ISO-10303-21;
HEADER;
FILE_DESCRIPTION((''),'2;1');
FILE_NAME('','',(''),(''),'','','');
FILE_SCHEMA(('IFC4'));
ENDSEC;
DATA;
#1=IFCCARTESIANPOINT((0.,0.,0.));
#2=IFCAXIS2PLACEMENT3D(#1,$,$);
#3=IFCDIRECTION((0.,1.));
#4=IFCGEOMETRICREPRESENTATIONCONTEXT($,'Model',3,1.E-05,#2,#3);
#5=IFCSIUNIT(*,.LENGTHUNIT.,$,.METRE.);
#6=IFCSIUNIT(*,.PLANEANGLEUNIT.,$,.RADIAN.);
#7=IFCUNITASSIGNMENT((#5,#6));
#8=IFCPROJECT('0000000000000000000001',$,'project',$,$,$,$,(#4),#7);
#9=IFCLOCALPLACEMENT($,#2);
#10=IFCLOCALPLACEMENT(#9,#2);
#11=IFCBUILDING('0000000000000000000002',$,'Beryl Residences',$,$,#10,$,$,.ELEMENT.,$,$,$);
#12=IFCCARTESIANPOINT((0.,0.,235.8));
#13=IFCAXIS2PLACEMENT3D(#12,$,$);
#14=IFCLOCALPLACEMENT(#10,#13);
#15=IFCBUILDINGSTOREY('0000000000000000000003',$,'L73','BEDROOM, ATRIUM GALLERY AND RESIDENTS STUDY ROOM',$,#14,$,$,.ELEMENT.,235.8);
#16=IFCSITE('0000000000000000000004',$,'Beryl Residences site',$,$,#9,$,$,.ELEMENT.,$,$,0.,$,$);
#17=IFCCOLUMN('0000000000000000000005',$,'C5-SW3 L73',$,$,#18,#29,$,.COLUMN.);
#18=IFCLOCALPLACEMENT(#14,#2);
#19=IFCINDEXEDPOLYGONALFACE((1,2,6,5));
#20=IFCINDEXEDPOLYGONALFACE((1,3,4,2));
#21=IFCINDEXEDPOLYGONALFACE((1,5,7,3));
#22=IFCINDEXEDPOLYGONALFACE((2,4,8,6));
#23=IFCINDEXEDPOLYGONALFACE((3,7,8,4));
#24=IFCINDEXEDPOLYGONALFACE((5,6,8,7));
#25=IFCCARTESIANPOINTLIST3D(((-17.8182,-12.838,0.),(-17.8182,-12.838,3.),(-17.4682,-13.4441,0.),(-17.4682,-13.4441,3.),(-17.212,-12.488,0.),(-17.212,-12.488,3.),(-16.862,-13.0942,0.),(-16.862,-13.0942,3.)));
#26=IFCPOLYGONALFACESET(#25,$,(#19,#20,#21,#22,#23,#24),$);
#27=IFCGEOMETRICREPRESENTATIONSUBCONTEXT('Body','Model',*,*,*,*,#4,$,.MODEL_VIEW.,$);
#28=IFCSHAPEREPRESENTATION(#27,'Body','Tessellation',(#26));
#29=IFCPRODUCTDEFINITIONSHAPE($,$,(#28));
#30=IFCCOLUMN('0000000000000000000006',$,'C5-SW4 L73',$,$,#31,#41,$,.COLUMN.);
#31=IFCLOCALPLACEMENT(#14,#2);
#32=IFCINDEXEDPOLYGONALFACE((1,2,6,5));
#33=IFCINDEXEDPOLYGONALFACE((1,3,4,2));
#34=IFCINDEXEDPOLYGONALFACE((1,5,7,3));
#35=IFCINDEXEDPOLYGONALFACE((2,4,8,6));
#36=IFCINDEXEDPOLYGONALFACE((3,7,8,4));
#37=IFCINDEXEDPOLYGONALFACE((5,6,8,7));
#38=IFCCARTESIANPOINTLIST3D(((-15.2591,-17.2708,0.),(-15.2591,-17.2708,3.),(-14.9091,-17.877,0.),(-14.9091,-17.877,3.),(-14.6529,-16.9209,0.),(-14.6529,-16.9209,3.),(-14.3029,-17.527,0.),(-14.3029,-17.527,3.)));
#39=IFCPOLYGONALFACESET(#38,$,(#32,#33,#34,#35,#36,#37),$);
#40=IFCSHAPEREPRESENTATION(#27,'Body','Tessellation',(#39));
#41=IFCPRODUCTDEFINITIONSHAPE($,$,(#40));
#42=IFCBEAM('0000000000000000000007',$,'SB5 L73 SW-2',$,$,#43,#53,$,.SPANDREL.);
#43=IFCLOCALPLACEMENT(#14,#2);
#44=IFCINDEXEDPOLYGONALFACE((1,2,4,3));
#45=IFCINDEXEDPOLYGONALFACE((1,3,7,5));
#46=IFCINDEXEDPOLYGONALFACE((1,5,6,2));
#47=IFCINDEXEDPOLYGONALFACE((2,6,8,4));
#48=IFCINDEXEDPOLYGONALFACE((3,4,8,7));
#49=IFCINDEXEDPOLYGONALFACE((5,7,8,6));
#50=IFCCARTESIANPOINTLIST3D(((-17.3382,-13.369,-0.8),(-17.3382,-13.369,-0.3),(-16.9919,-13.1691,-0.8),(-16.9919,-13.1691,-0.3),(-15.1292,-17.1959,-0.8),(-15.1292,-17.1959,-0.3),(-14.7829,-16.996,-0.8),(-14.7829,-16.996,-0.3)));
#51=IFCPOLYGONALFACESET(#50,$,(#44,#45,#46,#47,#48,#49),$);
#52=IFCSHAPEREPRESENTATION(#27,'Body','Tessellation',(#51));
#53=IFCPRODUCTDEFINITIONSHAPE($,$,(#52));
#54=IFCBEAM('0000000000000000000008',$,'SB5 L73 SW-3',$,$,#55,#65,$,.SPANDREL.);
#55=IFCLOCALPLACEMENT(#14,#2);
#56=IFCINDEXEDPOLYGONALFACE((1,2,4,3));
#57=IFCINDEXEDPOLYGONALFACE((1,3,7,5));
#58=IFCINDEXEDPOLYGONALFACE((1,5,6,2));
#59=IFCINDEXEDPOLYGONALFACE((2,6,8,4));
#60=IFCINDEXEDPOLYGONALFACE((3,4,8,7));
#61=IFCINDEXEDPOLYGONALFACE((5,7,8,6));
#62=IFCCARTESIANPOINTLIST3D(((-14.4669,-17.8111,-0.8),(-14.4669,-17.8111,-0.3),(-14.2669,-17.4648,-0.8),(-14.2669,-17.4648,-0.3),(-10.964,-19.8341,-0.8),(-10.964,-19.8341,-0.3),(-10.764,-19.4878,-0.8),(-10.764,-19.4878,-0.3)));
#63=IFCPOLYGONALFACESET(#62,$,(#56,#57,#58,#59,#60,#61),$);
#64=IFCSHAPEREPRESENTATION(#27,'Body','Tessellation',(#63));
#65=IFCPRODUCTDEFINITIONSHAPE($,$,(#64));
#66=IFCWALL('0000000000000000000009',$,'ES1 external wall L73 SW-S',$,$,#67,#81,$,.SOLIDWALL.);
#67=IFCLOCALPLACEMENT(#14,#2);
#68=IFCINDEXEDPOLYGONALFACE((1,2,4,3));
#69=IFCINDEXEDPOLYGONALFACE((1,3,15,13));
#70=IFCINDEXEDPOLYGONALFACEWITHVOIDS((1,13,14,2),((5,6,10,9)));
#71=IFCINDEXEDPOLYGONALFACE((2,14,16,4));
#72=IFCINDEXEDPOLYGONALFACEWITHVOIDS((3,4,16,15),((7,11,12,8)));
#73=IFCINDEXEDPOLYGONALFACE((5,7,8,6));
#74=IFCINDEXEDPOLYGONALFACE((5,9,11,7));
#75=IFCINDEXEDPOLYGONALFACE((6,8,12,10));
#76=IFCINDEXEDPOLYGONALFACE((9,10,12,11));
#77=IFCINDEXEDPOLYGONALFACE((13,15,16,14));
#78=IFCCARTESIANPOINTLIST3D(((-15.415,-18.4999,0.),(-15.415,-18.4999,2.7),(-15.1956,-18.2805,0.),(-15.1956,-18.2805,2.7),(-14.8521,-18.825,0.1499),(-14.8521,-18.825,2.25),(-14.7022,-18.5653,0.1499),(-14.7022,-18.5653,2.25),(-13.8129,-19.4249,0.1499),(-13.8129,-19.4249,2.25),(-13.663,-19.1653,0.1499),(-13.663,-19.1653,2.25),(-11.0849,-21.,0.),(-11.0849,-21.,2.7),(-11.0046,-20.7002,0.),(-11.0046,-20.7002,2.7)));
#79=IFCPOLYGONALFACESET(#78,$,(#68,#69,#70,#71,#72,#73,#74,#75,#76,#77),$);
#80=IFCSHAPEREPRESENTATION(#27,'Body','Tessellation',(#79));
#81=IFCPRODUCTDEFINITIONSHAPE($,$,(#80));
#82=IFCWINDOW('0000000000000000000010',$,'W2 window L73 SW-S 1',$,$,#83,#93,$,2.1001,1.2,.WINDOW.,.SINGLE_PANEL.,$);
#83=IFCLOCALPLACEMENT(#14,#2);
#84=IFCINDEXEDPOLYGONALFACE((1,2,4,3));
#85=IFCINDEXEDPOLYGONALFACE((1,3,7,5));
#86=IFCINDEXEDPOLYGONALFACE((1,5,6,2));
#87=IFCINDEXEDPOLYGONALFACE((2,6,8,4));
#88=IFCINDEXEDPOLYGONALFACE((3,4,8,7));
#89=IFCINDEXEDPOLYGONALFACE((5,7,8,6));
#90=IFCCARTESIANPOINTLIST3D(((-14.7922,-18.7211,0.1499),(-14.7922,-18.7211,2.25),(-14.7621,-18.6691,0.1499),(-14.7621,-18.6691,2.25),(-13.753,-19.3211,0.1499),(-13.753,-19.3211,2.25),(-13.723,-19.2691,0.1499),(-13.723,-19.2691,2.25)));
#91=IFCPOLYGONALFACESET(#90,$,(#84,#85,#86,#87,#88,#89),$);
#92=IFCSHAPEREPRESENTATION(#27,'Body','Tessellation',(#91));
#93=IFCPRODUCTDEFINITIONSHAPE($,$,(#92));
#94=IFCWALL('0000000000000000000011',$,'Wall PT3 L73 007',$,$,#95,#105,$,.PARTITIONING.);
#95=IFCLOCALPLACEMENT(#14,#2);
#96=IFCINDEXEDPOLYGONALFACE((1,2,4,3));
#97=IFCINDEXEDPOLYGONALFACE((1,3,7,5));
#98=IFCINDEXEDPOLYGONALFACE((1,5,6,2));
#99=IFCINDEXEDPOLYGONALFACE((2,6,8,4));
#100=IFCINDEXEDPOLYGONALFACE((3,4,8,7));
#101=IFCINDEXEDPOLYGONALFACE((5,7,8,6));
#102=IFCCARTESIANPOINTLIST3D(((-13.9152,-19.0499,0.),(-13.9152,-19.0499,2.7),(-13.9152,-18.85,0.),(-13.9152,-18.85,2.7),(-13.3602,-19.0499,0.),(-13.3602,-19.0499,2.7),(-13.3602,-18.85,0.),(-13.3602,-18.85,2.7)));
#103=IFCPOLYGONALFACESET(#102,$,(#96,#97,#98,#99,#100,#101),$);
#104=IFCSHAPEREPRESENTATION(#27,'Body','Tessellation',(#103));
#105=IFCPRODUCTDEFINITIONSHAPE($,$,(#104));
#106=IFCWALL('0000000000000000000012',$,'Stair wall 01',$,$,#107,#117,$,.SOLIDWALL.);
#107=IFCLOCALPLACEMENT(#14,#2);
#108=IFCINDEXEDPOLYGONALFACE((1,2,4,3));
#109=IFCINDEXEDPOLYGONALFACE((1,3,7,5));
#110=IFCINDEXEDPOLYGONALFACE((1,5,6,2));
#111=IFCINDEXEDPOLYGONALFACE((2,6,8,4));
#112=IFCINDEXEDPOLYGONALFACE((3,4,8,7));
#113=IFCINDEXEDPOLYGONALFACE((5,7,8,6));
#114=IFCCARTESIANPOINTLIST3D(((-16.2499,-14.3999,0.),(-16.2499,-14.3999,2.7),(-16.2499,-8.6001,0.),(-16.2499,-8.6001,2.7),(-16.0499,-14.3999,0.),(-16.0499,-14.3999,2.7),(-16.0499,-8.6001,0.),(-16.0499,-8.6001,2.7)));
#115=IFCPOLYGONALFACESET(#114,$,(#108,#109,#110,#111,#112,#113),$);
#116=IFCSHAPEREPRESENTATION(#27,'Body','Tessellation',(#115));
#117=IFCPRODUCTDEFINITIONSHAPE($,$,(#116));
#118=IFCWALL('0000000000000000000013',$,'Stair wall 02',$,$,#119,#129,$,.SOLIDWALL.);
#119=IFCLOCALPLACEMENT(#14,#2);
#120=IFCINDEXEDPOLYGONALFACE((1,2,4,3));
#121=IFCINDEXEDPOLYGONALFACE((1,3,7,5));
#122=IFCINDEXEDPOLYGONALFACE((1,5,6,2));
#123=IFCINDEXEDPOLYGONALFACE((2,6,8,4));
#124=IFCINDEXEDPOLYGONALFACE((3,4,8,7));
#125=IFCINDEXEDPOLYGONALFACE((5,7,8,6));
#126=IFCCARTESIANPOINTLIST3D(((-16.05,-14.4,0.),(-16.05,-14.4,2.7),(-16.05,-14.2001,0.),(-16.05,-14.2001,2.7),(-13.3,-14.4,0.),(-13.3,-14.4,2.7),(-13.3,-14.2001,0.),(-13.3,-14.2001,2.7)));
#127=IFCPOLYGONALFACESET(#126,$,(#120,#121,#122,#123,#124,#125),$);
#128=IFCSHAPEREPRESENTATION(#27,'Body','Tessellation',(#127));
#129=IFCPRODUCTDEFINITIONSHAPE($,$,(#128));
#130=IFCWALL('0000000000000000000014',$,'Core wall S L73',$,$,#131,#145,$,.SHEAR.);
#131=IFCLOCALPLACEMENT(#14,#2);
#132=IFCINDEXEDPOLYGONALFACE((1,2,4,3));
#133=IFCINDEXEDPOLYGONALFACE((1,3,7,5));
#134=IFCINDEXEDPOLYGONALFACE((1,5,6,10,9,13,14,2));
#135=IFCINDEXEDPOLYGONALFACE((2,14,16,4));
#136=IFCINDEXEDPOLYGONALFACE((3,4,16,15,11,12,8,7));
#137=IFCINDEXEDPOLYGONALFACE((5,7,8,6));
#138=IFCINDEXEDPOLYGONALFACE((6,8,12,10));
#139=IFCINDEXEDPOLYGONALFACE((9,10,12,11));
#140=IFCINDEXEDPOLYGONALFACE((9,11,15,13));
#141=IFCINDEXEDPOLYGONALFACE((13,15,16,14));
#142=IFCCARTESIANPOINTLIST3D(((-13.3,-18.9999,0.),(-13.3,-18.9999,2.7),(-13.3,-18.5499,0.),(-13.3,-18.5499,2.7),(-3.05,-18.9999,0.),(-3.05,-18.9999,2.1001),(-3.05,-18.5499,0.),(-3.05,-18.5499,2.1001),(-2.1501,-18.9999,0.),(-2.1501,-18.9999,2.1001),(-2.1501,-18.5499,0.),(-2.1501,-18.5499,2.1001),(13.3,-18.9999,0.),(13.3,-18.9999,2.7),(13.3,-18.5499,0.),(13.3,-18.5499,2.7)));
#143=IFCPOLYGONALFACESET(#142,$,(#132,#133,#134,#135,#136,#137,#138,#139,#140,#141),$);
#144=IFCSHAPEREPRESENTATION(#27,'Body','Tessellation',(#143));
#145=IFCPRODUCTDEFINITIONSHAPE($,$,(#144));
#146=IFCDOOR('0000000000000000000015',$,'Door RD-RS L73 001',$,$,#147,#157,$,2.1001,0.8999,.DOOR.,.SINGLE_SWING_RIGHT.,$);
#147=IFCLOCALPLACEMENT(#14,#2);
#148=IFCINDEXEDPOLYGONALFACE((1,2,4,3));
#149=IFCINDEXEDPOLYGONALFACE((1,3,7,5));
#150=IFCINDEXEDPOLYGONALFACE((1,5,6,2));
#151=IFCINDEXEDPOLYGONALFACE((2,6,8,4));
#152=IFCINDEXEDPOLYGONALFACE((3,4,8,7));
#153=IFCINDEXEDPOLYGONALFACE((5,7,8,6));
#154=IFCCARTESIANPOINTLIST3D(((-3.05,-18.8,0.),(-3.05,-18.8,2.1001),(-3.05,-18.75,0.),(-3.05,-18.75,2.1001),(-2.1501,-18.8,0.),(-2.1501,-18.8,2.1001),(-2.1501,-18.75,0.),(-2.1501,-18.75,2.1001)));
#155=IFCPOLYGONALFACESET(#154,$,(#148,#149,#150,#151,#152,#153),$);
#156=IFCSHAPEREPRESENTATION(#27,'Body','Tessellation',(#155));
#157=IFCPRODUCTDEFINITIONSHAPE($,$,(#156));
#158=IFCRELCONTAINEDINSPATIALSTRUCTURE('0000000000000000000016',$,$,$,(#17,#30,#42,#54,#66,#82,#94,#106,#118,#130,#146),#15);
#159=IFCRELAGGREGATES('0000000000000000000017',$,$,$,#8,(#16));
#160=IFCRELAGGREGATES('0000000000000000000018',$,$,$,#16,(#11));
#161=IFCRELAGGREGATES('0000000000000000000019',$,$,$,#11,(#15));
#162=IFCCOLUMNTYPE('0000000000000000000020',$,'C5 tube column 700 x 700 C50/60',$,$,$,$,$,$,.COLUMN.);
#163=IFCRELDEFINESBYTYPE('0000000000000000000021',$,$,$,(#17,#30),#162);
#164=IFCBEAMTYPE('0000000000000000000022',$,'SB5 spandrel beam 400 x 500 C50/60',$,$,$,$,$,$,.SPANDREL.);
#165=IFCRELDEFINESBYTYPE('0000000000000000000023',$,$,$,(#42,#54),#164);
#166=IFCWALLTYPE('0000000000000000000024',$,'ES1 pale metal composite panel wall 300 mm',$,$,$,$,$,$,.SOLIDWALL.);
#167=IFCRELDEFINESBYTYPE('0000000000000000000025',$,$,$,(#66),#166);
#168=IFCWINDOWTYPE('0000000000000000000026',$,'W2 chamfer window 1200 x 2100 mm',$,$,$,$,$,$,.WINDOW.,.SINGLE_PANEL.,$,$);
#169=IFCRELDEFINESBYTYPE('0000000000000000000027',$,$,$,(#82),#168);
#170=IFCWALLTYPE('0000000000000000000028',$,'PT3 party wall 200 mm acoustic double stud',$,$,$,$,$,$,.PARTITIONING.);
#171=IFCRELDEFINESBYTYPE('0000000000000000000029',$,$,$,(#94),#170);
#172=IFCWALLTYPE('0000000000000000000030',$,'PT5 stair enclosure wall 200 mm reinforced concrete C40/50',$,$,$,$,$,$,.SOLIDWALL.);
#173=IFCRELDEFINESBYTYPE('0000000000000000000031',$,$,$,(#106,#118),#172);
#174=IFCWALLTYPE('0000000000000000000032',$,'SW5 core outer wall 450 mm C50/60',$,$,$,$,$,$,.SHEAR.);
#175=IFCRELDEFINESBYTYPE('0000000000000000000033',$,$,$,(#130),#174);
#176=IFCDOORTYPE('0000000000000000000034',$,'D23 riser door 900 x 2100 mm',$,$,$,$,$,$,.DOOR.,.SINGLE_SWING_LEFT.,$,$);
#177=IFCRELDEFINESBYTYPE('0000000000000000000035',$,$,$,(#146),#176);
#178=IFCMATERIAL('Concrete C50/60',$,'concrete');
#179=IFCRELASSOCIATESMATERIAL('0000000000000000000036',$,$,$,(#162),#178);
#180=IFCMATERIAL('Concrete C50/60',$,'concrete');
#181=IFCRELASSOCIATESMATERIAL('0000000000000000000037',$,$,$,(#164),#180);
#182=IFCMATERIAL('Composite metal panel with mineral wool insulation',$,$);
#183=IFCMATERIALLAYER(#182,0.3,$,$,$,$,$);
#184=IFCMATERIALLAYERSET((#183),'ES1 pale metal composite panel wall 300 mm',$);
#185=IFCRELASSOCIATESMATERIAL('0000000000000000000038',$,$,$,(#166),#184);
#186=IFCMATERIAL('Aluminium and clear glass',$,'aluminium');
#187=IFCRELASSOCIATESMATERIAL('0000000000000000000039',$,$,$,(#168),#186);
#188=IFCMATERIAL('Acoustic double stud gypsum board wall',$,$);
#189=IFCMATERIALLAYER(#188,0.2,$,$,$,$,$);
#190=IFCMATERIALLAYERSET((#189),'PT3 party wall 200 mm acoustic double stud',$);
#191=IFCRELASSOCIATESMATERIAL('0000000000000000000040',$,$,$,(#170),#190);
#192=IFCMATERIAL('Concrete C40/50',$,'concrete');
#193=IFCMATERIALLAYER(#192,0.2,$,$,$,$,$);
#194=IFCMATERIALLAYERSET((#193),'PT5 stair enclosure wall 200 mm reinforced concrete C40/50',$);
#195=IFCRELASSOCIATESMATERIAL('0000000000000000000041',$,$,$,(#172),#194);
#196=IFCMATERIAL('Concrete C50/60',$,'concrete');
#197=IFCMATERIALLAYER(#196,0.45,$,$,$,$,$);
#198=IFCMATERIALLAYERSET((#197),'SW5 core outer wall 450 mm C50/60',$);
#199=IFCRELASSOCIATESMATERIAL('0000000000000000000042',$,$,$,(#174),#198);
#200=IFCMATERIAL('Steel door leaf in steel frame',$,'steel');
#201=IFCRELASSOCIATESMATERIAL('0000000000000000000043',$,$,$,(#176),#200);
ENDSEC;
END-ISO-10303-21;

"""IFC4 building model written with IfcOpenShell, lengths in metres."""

from ifc_helpers import new_model, si_unit, direction, frame, frame_2d, origin, origin_2d, place, context, subcontext, project, spatial, polyline, rectangle, outline, extrude, material, layer, layer_set, material_profile, profile_set, type_object, element, fill, save


model = new_model("IFC4")

# Units and contexts
model_context = context("Model", 3, precision=1e-05, world=origin(), true_north=direction((0.0, 1.0)))
body_context = subcontext(model_context, "Body", "Model", "MODEL_VIEW")
ifc_project = project(units=[si_unit("LENGTHUNIT", "METRE"), si_unit("PLANEANGLEUNIT", "RADIAN")], contexts=[model_context])

# Site, building, storey
site_placement = place(None, origin())
site = spatial("IfcSite", under=ifc_project, at=site_placement, Name="Beryl Residences site", CompositionType="ELEMENT", RefElevation=0.0)
building_placement = place(site_placement, origin())
building = spatial("IfcBuilding", under=site, at=building_placement, Name="Beryl Residences", CompositionType="ELEMENT")
storey_placement = place(building_placement, frame((0.0, 0.0, 235.8)))
storey = spatial("IfcBuildingStorey", under=building, at=storey_placement, Name="L73", Description="BEDROOM, ATRIUM GALLERY AND RESIDENTS STUDY ROOM", CompositionType="ELEMENT", Elevation=235.8)

# Columns
ifc_material_1 = material(Name="Concrete C50/60", Category="concrete")
ifc_material_profile_1 = material_profile(ifc_material_1, rectangle(XDim=0.7, YDim=0.7, at=origin_2d()))
ifc_profile_set_1 = profile_set([ifc_material_profile_1], Name="Concrete C50/60")
column_type = type_object("IfcColumnType", Name="C5 tube column 700 x 700 C50/60", PredefinedType="COLUMN", material=ifc_profile_set_1)
for number, where, z_axis, x_axis, name in (
    (1, (-17.3401, -12.9661, 0.0), (0.0, 0.0, 1.0), (0.499985, -0.866034, 0.0), "C5-SW3 L73"),
    (2, (-14.781, -17.3989, 0.0), (0.0, 0.0, 1.0), (0.499985, -0.866034, 0.0), "C5-SW4 L73"),
):
    element("IfcColumn", number, at=place(storey_placement, frame(where, z_axis=z_axis, x_axis=x_axis)), inside=storey, type_object=column_type, Name=name, PredefinedType="COLUMN", context=body_context, shape_type="SweptSolid", body=[
        extrude(rectangle(XDim=0.7, YDim=0.7, at=origin_2d()), origin(), (0.0, 0.0, 1.0), 3.0),
    ])

# Beams
ifc_material_2 = material(Name="Concrete C50/60", Category="concrete")
ifc_material_profile_2 = material_profile(ifc_material_2, rectangle(XDim=0.3999, YDim=0.5, at=origin_2d()))
ifc_profile_set_2 = profile_set([ifc_material_profile_2], Name="Concrete C50/60")
beam_type = type_object("IfcBeamType", Name="SB5 spandrel beam 400 x 500 C50/60", PredefinedType="SPANDREL", material=ifc_profile_set_2)
beam_1_placement = place(storey_placement, frame((-17.165, -13.269, -0.55), z_axis=(0.499919, -0.866072, 0.0), x_axis=(0.866072, 0.499919, 0.0)))
element("IfcBeam", 3, at=beam_1_placement, inside=storey, type_object=beam_type, Name="SB5 L73 SW-2", PredefinedType="SPANDREL", context=body_context, shape_type="SweptSolid", body=[
    extrude(rectangle(XDim=0.3999, YDim=0.5, at=origin_2d()), origin(), (0.0, 0.0, 1.0), 4.4187),
])
beam_2_placement = place(storey_placement, frame((-14.3669, -17.6379, -0.55), z_axis=(0.865968, -0.500099, 0.0), x_axis=(0.500099, 0.865968, 0.0)))
element("IfcBeam", 4, at=beam_2_placement, inside=storey, type_object=beam_type, Name="SB5 L73 SW-3", PredefinedType="SPANDREL", context=body_context, shape_type="SweptSolid", body=[
    extrude(rectangle(XDim=0.3999, YDim=0.5, at=origin_2d()), origin(), (0.0, 0.0, 1.0), 4.0452),
])

# Wall, opening, window
ifc_material_3 = material(Name="Composite metal panel with mineral wool insulation")
ifc_layer_1 = layer(ifc_material_3, 0.3)
ifc_layer_set_1 = layer_set([ifc_layer_1], Name="ES1 pale metal composite panel wall 300 mm")
wall_type_1 = type_object("IfcWallType", Name="ES1 pale metal composite panel wall 300 mm", PredefinedType="SOLIDWALL", material=ifc_layer_set_1)
wall_1_placement = place(storey_placement, frame((-15.3401, -18.3701, 0.0), z_axis=(0.0, 0.0, 1.0), x_axis=(0.866023, -0.500004, 0.0)))
wall_1 = element("IfcWall", 5, at=wall_1_placement, inside=storey, type_object=wall_type_1, Name="ES1 external wall L73 SW-S", PredefinedType="SOLIDWALL", context=body_context, shape_type="SweptSolid", body=[
    extrude(outline(polyline([(0.0, -0.1499), (5.0, -0.1499), (4.9197, 0.1499), (0.0803, 0.1499), (0.0, -0.1499)])), origin(), (0.0, 0.0, 1.0), 2.7),
])
opening_1_placement = place(wall_1_placement, frame((0.6499, 0.0, 0.1499)))
opening_1 = element("IfcOpeningElement", 6, at=opening_1_placement, cuts=wall_1, PredefinedType="OPENING", context=body_context, shape_type="SweptSolid", body=[
    extrude(rectangle(XDim=1.2, YDim=2.1001, at=frame_2d((0.6001, 1.05))), frame((0.0, 0.1599, 0.0), z_axis=(0.0, -1.0, 0.0), x_axis=(1.0, 0.0, 0.0)), (0.0, 0.0, 1.0), 0.3201),
])
ifc_material_4 = material(Name="Aluminium and clear glass", Category="aluminium")
window_type = type_object("IfcWindowType", Name="W2 chamfer window 1200 x 2100 mm", PartitioningType="SINGLE_PANEL", PredefinedType="WINDOW", material=ifc_material_4)
window_placement = place(opening_1_placement, origin())
window = element("IfcWindow", 7, at=window_placement, inside=storey, type_object=window_type, Name="W2 window L73 SW-S 1", OverallHeight=2.1001, OverallWidth=1.2, PartitioningType="SINGLE_PANEL", PredefinedType="WINDOW", context=body_context, shape_type="SweptSolid", body=[
    extrude(rectangle(XDim=1.2, YDim=2.1001, at=frame_2d((0.6001, 1.05))), frame((0.0, 0.03, 0.0), z_axis=(0.0, -1.0, 0.0), x_axis=(1.0, 0.0, 0.0)), (0.0, 0.0, 1.0), 0.0601),
])
fill(opening_1, window)

# Walls
ifc_material_5 = material(Name="Acoustic double stud gypsum board wall")
ifc_layer_2 = layer(ifc_material_5, 0.2)
ifc_layer_set_2 = layer_set([ifc_layer_2], Name="PT3 party wall 200 mm acoustic double stud")
wall_type_2 = type_object("IfcWallType", Name="PT3 party wall 200 mm acoustic double stud", PredefinedType="PARTITIONING", material=ifc_layer_set_2)
wall_2_placement = place(storey_placement, frame((-13.915, -18.95, 0.0), z_axis=(0.0, 0.0, 1.0), x_axis=(1.0, 0.0, 0.0)))
element("IfcWall", 8, at=wall_2_placement, inside=storey, type_object=wall_type_2, Name="Wall PT3 L73 007", PredefinedType="PARTITIONING", context=body_context, shape_type="SweptSolid", body=[
    extrude(rectangle(XDim=0.5549, YDim=0.2, at=frame_2d((0.2773, 0.0))), origin(), (0.0, 0.0, 1.0), 2.7),
])
ifc_material_6 = material(Name="Concrete C40/50", Category="concrete")
ifc_layer_3 = layer(ifc_material_6, 0.2)
ifc_layer_set_3 = layer_set([ifc_layer_3], Name="PT5 stair enclosure wall 200 mm reinforced concrete C40/50")
wall_type_3 = type_object("IfcWallType", Name="PT5 stair enclosure wall 200 mm reinforced concrete C40/50", PredefinedType="SOLIDWALL", material=ifc_layer_set_3)
wall_3_placement = place(storey_placement, frame((-16.1499, -14.3999, 0.0), z_axis=(0.0, 0.0, 1.0), x_axis=(0.0, 1.0, 0.0)))
element("IfcWall", 9, at=wall_3_placement, inside=storey, type_object=wall_type_3, Name="Stair wall 01", PredefinedType="SOLIDWALL", context=body_context, shape_type="SweptSolid", body=[
    extrude(rectangle(XDim=5.7998, YDim=0.2, at=frame_2d((2.8999, 0.0))), origin(), (0.0, 0.0, 1.0), 2.7),
])
wall_4_placement = place(storey_placement, frame((-16.05, -14.3, 0.0), z_axis=(0.0, 0.0, 1.0), x_axis=(1.0, 0.0, 0.0)))
element("IfcWall", 10, at=wall_4_placement, inside=storey, type_object=wall_type_3, Name="Stair wall 02", PredefinedType="SOLIDWALL", context=body_context, shape_type="SweptSolid", body=[
    extrude(rectangle(XDim=2.75, YDim=0.2, at=frame_2d((1.375, 0.0))), origin(), (0.0, 0.0, 1.0), 2.7),
])

# Wall, opening, door
ifc_material_7 = material(Name="Concrete C50/60", Category="concrete")
ifc_layer_4 = layer(ifc_material_7, 0.45)
ifc_layer_set_4 = layer_set([ifc_layer_4], Name="SW5 core outer wall 450 mm C50/60")
wall_type_4 = type_object("IfcWallType", Name="SW5 core outer wall 450 mm C50/60", PredefinedType="SHEAR", material=ifc_layer_set_4)
wall_5_placement = place(storey_placement, frame((-13.3, -18.7749, 0.0), z_axis=(0.0, 0.0, 1.0), x_axis=(1.0, 0.0, 0.0)))
wall_5 = element("IfcWall", 11, at=wall_5_placement, inside=storey, type_object=wall_type_4, Name="Core wall S L73", PredefinedType="SHEAR", context=body_context, shape_type="SweptSolid", body=[
    extrude(rectangle(XDim=26.6001, YDim=0.45, at=frame_2d((13.3, 0.0))), origin(), (0.0, 0.0, 1.0), 2.7),
])
opening_2_placement = place(wall_5_placement, frame((10.25, 0.0, 0.0)))
opening_2 = element("IfcOpeningElement", 12, at=opening_2_placement, cuts=wall_5, PredefinedType="OPENING", context=body_context, shape_type="SweptSolid", body=[
    extrude(rectangle(XDim=0.8999, YDim=2.1001, at=frame_2d((0.45, 1.05))), frame((0.0, 0.2349, 0.0), z_axis=(0.0, -1.0, 0.0), x_axis=(1.0, 0.0, 0.0)), (0.0, 0.0, 1.0), 0.47),
])
ifc_material_8 = material(Name="Steel door leaf in steel frame", Category="steel")
door_type_1 = type_object("IfcDoorType", Name="D23 riser door 900 x 2100 mm", OperationType="SINGLE_SWING_LEFT", PredefinedType="DOOR", material=ifc_material_8)
door_1_placement = place(opening_2_placement, origin())
door_1 = element("IfcDoor", 13, at=door_1_placement, inside=storey, type_object=door_type_1, Name="Door RD-RS L73 001", OperationType="SINGLE_SWING_RIGHT", OverallHeight=2.1001, OverallWidth=0.8999, PredefinedType="DOOR", context=body_context, shape_type="SweptSolid", body=[
    extrude(rectangle(XDim=0.8999, YDim=2.1001, at=frame_2d((0.45, 1.05))), frame((0.0, 0.0249, 0.0), z_axis=(0.0, -1.0, 0.0), x_axis=(1.0, 0.0, 0.0)), (0.0, 0.0, 1.0), 0.05),
])
fill(opening_2, door_1)

save(model, "model.ifc")
